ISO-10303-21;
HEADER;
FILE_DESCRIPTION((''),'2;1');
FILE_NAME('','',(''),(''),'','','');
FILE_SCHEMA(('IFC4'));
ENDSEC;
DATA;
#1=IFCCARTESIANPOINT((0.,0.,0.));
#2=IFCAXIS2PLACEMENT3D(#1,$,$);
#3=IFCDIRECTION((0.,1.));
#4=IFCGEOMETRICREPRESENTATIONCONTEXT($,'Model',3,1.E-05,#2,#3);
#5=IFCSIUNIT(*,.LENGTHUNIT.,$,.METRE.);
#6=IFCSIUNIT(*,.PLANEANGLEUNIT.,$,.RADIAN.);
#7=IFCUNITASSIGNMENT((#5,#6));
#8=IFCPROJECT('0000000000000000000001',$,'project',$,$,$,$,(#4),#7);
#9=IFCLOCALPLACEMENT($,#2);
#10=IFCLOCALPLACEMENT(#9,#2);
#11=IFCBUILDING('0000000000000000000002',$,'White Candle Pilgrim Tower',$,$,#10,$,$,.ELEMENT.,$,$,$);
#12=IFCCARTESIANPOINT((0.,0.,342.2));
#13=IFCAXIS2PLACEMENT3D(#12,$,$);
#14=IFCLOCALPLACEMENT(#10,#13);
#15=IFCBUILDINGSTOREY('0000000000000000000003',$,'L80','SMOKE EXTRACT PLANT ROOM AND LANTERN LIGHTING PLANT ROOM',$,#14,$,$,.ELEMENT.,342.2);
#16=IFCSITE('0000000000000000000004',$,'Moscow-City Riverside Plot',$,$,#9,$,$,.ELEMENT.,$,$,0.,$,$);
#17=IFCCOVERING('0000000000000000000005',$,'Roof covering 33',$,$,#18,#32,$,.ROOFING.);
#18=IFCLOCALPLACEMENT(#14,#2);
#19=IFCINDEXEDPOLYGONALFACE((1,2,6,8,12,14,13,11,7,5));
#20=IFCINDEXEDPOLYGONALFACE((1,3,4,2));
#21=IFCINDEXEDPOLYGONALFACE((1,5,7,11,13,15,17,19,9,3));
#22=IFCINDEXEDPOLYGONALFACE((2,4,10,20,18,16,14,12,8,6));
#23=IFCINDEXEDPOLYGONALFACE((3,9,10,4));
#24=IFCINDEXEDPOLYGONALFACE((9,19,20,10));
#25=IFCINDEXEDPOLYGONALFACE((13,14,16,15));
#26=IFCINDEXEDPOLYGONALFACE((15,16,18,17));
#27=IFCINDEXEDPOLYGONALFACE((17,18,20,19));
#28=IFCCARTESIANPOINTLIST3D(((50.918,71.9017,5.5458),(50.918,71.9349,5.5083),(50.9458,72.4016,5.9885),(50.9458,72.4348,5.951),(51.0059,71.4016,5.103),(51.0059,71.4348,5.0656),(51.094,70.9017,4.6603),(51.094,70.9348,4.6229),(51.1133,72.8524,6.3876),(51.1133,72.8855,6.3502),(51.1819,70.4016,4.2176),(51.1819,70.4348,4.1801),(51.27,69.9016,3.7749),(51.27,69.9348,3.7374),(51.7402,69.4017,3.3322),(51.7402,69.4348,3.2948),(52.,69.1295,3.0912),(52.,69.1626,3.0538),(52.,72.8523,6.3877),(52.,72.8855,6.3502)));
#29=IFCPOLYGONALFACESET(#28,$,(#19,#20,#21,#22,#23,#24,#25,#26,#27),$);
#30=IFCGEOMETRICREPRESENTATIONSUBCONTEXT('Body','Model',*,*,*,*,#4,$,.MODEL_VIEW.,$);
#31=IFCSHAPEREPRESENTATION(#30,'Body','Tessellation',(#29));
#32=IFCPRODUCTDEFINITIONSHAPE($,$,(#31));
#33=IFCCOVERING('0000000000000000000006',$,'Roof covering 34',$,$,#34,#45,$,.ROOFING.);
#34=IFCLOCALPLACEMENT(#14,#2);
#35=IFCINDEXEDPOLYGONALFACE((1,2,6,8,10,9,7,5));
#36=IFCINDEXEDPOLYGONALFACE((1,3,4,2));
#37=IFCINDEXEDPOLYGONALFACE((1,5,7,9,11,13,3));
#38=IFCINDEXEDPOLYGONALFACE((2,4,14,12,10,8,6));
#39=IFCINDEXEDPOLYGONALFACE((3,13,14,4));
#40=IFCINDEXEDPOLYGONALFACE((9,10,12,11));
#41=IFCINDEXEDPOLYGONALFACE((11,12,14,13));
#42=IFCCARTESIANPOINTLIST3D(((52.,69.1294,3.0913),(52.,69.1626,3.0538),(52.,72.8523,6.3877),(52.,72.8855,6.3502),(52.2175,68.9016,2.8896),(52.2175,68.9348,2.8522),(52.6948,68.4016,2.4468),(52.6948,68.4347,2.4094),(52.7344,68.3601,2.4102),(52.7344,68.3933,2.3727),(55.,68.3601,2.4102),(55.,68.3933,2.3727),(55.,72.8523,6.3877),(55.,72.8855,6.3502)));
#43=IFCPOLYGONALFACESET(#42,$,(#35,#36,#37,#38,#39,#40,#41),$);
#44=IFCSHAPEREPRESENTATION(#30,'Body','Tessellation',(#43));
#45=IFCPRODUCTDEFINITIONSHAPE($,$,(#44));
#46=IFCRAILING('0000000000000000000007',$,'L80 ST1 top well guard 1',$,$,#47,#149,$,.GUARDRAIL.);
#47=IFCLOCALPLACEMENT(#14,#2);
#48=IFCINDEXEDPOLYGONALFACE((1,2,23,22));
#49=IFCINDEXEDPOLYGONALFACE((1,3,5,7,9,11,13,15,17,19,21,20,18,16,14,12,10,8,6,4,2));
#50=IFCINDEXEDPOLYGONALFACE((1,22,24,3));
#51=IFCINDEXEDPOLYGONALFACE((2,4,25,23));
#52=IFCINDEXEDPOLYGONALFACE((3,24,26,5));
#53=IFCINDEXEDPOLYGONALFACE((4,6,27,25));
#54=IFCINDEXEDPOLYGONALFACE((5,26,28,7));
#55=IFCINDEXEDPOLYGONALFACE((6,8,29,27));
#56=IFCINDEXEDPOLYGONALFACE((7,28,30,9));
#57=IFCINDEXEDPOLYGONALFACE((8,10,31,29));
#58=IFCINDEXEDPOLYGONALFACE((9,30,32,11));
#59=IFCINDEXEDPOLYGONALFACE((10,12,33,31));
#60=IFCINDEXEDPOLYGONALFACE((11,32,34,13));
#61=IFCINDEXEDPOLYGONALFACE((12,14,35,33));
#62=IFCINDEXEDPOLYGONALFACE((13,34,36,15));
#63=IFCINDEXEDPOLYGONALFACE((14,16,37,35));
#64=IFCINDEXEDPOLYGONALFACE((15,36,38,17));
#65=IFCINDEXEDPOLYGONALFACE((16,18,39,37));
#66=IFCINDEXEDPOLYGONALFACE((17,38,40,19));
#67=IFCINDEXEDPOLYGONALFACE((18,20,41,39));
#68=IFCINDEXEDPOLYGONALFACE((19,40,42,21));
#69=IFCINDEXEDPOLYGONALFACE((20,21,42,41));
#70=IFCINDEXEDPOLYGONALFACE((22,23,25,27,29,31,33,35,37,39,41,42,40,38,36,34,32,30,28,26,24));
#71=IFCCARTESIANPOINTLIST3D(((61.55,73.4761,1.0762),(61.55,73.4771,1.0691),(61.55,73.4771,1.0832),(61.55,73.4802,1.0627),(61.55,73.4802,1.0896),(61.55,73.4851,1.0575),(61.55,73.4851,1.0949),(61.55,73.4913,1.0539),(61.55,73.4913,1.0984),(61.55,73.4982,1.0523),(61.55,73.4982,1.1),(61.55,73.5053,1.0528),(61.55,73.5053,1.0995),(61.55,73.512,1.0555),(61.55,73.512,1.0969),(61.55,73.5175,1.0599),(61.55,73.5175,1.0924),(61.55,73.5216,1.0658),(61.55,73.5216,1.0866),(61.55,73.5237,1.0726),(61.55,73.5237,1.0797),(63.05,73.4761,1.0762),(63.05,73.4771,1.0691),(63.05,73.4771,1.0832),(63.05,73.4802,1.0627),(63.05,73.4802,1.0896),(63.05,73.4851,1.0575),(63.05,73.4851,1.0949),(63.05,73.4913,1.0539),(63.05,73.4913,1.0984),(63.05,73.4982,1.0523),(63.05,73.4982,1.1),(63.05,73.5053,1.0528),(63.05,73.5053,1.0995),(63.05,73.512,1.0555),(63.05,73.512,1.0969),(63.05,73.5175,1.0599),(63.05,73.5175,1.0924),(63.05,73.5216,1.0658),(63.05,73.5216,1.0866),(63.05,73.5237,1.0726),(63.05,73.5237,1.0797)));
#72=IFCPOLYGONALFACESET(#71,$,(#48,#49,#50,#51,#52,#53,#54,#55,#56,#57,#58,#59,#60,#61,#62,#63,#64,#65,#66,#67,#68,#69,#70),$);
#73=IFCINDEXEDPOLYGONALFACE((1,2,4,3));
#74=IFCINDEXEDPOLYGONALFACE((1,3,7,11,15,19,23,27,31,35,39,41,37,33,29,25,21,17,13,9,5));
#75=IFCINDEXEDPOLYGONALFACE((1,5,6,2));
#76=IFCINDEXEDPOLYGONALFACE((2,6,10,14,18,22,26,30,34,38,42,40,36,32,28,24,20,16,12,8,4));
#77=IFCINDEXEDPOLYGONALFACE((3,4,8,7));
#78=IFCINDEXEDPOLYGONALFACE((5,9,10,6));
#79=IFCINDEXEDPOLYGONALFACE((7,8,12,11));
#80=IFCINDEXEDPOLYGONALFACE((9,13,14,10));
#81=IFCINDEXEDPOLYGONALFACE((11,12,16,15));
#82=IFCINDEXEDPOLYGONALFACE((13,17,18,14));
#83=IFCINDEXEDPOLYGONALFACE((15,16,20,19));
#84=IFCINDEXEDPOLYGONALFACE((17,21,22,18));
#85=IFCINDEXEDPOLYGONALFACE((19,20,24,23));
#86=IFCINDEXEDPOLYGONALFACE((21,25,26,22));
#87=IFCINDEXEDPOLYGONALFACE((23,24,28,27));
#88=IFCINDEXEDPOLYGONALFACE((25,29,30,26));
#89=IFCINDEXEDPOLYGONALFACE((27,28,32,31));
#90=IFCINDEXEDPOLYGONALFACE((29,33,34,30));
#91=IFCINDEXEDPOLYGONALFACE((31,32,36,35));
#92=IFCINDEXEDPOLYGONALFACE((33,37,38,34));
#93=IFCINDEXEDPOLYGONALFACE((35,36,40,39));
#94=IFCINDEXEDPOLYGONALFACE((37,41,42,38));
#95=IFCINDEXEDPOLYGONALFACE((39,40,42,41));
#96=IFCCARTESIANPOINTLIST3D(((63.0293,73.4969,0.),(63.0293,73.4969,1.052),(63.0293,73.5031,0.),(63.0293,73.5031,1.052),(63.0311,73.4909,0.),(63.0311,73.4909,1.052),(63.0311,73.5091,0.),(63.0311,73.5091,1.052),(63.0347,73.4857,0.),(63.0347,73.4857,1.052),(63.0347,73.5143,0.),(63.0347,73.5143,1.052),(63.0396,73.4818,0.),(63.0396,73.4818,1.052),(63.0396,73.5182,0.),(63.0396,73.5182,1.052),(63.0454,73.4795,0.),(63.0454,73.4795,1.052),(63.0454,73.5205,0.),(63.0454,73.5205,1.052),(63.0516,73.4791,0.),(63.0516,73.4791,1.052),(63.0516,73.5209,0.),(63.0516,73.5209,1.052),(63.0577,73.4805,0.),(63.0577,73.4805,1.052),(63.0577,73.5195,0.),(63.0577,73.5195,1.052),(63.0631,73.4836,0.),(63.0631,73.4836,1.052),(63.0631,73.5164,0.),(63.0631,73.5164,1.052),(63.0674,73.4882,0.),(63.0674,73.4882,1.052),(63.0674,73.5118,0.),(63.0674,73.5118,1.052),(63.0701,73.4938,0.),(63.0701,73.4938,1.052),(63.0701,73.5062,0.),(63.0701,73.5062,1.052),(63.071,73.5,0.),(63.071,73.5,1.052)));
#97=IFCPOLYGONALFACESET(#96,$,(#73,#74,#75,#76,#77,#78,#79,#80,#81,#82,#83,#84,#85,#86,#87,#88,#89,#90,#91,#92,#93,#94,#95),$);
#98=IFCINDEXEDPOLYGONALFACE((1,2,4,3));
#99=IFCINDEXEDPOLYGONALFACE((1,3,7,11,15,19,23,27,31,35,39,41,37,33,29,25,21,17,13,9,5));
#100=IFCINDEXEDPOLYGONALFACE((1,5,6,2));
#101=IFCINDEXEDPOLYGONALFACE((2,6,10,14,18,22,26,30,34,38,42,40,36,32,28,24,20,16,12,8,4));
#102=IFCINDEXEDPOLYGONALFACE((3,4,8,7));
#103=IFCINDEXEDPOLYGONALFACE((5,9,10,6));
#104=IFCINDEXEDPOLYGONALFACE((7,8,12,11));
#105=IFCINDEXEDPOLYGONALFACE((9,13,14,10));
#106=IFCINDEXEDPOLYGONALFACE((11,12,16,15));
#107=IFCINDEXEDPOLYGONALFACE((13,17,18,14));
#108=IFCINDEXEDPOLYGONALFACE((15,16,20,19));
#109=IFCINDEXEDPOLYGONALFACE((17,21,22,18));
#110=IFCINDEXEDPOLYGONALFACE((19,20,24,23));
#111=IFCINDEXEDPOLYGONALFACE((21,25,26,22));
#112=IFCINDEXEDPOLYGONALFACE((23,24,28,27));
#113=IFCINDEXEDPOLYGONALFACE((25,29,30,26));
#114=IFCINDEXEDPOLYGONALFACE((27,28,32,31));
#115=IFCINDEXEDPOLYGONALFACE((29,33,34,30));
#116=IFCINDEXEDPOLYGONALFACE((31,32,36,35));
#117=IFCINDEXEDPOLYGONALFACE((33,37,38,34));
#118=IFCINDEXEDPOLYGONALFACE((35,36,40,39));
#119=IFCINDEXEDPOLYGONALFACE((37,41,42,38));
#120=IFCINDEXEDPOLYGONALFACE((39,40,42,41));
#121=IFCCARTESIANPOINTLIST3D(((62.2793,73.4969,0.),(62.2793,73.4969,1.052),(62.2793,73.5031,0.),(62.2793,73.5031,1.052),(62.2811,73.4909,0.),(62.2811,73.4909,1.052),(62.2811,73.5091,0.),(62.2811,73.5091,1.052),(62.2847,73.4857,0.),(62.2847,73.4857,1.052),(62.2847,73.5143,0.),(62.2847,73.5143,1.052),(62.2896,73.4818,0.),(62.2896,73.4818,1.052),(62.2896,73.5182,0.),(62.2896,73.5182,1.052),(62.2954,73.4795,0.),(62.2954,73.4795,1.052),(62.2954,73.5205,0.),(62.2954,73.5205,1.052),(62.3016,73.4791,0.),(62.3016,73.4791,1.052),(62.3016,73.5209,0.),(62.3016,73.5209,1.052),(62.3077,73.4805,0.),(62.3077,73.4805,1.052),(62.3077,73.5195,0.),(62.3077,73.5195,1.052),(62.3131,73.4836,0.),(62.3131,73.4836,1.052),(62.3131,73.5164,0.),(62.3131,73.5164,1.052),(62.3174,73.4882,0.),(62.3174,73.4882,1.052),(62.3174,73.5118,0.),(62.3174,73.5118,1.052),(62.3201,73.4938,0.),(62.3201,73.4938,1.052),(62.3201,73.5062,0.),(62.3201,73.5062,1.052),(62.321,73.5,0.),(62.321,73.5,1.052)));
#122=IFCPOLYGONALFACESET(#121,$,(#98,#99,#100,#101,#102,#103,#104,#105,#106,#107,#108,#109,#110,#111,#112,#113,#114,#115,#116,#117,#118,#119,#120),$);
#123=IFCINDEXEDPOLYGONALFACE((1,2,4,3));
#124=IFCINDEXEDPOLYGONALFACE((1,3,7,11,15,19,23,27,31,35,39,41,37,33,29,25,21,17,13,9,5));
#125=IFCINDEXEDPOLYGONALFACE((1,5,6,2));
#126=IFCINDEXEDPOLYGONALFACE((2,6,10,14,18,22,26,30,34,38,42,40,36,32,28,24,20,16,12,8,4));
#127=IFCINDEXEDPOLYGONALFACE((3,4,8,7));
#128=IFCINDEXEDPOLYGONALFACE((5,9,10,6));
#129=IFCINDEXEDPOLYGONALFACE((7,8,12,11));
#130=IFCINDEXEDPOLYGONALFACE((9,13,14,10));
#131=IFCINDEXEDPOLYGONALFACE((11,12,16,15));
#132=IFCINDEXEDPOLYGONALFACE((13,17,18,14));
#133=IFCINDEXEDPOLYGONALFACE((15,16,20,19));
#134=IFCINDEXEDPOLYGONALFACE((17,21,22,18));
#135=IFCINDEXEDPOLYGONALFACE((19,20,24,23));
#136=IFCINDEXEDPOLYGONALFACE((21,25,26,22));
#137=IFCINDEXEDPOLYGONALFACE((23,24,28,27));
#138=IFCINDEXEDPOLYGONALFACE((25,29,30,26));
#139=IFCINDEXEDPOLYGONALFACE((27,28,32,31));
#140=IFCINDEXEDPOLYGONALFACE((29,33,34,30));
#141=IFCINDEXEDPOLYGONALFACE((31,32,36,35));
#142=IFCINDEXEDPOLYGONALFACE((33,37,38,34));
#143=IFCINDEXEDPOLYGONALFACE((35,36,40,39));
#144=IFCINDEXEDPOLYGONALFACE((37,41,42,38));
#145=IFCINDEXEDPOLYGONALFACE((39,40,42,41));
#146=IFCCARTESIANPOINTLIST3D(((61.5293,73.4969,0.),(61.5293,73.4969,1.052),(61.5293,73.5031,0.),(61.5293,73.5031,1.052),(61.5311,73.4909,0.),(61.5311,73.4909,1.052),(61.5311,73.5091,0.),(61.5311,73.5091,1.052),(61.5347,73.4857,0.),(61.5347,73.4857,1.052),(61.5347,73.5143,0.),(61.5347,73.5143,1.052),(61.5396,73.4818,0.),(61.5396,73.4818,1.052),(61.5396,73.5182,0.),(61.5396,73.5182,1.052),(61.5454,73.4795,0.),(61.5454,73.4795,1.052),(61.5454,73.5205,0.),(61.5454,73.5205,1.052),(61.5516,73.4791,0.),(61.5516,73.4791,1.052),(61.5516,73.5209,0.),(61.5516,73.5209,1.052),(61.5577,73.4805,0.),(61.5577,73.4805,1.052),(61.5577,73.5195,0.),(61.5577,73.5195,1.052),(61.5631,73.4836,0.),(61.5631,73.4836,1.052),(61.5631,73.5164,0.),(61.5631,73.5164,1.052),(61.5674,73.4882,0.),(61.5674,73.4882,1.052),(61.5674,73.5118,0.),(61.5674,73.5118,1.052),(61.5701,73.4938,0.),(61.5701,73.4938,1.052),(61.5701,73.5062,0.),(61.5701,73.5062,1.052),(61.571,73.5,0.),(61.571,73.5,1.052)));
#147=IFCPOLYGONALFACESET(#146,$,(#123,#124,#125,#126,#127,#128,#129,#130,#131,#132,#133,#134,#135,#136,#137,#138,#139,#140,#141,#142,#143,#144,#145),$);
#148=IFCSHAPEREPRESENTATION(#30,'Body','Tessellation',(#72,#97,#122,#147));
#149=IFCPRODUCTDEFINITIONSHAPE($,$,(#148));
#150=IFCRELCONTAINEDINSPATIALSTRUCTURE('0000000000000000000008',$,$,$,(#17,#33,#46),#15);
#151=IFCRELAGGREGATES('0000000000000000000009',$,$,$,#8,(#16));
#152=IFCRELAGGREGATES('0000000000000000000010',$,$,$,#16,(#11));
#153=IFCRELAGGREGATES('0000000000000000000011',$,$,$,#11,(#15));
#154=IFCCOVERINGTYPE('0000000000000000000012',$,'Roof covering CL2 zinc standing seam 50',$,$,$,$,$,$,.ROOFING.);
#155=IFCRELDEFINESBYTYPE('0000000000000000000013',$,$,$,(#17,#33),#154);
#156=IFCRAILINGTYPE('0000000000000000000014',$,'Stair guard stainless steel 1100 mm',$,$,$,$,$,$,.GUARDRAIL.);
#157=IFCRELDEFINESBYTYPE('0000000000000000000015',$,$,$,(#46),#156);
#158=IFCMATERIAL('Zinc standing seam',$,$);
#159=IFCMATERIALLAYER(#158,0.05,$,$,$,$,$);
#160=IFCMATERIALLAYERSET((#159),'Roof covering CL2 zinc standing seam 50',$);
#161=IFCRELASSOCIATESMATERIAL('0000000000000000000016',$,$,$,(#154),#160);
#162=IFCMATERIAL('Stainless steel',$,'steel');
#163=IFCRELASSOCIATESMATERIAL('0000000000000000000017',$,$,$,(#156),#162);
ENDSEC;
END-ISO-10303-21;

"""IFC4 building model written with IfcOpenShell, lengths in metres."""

from ifc_helpers import new_model, si_unit, direction, frame, origin, origin_2d, place, context, subcontext, project, spatial, polyline, circle, outline, extrude, material, layer, layer_set, type_object, element, save


model = new_model("IFC4")

# Units and contexts
model_context = context("Model", 3, precision=1e-05, world=origin(), true_north=direction((0.0, 1.0)))
body_context = subcontext(model_context, "Body", "Model", "MODEL_VIEW")
ifc_project = project(units=[si_unit("LENGTHUNIT", "METRE"), si_unit("PLANEANGLEUNIT", "RADIAN")], contexts=[model_context])

# Site, building, storey
site_placement = place(None, origin())
site = spatial("IfcSite", under=ifc_project, at=site_placement, Name="Moscow-City Riverside Plot", CompositionType="ELEMENT", RefElevation=0.0)
building_placement = place(site_placement, origin())
building = spatial("IfcBuilding", under=site, at=building_placement, Name="White Candle Pilgrim Tower", CompositionType="ELEMENT")
storey_placement = place(building_placement, frame((0.0, 0.0, 342.2)))
storey = spatial("IfcBuildingStorey", under=building, at=storey_placement, Name="L80", Description="SMOKE EXTRACT PLANT ROOM AND LANTERN LIGHTING PLANT ROOM", CompositionType="ELEMENT", Elevation=342.2)

# Coverings
ifc_material_1 = material(Name="Zinc standing seam")
ifc_layer_1 = layer(ifc_material_1, 0.05)
ifc_layer_set_1 = layer_set([ifc_layer_1], Name="Roof covering CL2 zinc standing seam 50")
covering_type = type_object("IfcCoveringType", Name="Roof covering CL2 zinc standing seam 50", PredefinedType="ROOFING", material=ifc_layer_set_1)
covering_1_placement = place(storey_placement, frame((52.0, 72.8523, 6.3877), z_axis=(-0.000105, -0.662932, 0.74868), x_axis=(0.0, -0.74868, -0.662932)))
element("IfcCovering", 1, at=covering_1_placement, inside=storey, type_object=covering_type, Name="Roof covering 33", PredefinedType="ROOFING", context=body_context, shape_type="SweptSolid", body=[
    extrude(outline(polyline([(0.0, 0.0), (4.9725, 0.0), (4.609, -0.2598), (3.9412, -0.73), (3.2734, -0.8181), (2.6055, -0.906), (1.9377, -0.9941), (1.2698, -1.082), (0.602, -1.0542), (0.0, -0.8867), (0.0, 0.0)])), origin(), (0.0, 0.0, -1.0), 0.05),
])
covering_2_placement = place(storey_placement, frame((52.0, 72.8523, 6.3877), z_axis=(-0.000002, -0.662919, 0.748691), x_axis=(1.0, -0.000001, 0.000001)))
element("IfcCovering", 2, at=covering_2_placement, inside=storey, type_object=covering_type, Name="Roof covering 34", PredefinedType="ROOFING", context=body_context, shape_type="SweptSolid", body=[
    extrude(outline(polyline([(0.0, 0.0), (3.0, 0.0), (3.0, -6.0), (0.7344, -6.0), (0.6948, -5.9447), (0.2175, -5.2768), (0.0, -4.9725), (0.0, 0.0)])), origin(), (0.0, 0.0, -1.0), 0.05),
])

# Railing
ifc_material_2 = material(Name="Stainless steel", Category="steel")
railing_type = type_object("IfcRailingType", Name="Stair guard stainless steel 1100 mm", PredefinedType="GUARDRAIL", material=ifc_material_2)
railing_placement = place(storey_placement, frame((63.05, 73.5, 0.0)))
element("IfcRailing", 3, at=railing_placement, inside=storey, type_object=railing_type, Name="L80 ST1 top well guard 1", PredefinedType="GUARDRAIL", context=body_context, shape_type="SweptSolid", body=[
    extrude(circle(Radius=0.0239, at=origin_2d()), frame((0.0, 0.0, 1.0762), z_axis=(-1.0, 0.0, 0.0), x_axis=(0.0, -1.0, 0.0)), (0.0, 0.0, 1.0), 1.5),
    extrude(circle(Radius=0.021, at=origin_2d()), origin(), (0.0, 0.0, 1.0), 1.052),
    extrude(circle(Radius=0.021, at=origin_2d()), frame((-0.75, 0.0, 0.0)), (0.0, 0.0, 1.0), 1.052),
    extrude(circle(Radius=0.021, at=origin_2d()), frame((-1.5, 0.0, 0.0)), (0.0, 0.0, 1.0), 1.052),
])

save(model, "model.ifc")
